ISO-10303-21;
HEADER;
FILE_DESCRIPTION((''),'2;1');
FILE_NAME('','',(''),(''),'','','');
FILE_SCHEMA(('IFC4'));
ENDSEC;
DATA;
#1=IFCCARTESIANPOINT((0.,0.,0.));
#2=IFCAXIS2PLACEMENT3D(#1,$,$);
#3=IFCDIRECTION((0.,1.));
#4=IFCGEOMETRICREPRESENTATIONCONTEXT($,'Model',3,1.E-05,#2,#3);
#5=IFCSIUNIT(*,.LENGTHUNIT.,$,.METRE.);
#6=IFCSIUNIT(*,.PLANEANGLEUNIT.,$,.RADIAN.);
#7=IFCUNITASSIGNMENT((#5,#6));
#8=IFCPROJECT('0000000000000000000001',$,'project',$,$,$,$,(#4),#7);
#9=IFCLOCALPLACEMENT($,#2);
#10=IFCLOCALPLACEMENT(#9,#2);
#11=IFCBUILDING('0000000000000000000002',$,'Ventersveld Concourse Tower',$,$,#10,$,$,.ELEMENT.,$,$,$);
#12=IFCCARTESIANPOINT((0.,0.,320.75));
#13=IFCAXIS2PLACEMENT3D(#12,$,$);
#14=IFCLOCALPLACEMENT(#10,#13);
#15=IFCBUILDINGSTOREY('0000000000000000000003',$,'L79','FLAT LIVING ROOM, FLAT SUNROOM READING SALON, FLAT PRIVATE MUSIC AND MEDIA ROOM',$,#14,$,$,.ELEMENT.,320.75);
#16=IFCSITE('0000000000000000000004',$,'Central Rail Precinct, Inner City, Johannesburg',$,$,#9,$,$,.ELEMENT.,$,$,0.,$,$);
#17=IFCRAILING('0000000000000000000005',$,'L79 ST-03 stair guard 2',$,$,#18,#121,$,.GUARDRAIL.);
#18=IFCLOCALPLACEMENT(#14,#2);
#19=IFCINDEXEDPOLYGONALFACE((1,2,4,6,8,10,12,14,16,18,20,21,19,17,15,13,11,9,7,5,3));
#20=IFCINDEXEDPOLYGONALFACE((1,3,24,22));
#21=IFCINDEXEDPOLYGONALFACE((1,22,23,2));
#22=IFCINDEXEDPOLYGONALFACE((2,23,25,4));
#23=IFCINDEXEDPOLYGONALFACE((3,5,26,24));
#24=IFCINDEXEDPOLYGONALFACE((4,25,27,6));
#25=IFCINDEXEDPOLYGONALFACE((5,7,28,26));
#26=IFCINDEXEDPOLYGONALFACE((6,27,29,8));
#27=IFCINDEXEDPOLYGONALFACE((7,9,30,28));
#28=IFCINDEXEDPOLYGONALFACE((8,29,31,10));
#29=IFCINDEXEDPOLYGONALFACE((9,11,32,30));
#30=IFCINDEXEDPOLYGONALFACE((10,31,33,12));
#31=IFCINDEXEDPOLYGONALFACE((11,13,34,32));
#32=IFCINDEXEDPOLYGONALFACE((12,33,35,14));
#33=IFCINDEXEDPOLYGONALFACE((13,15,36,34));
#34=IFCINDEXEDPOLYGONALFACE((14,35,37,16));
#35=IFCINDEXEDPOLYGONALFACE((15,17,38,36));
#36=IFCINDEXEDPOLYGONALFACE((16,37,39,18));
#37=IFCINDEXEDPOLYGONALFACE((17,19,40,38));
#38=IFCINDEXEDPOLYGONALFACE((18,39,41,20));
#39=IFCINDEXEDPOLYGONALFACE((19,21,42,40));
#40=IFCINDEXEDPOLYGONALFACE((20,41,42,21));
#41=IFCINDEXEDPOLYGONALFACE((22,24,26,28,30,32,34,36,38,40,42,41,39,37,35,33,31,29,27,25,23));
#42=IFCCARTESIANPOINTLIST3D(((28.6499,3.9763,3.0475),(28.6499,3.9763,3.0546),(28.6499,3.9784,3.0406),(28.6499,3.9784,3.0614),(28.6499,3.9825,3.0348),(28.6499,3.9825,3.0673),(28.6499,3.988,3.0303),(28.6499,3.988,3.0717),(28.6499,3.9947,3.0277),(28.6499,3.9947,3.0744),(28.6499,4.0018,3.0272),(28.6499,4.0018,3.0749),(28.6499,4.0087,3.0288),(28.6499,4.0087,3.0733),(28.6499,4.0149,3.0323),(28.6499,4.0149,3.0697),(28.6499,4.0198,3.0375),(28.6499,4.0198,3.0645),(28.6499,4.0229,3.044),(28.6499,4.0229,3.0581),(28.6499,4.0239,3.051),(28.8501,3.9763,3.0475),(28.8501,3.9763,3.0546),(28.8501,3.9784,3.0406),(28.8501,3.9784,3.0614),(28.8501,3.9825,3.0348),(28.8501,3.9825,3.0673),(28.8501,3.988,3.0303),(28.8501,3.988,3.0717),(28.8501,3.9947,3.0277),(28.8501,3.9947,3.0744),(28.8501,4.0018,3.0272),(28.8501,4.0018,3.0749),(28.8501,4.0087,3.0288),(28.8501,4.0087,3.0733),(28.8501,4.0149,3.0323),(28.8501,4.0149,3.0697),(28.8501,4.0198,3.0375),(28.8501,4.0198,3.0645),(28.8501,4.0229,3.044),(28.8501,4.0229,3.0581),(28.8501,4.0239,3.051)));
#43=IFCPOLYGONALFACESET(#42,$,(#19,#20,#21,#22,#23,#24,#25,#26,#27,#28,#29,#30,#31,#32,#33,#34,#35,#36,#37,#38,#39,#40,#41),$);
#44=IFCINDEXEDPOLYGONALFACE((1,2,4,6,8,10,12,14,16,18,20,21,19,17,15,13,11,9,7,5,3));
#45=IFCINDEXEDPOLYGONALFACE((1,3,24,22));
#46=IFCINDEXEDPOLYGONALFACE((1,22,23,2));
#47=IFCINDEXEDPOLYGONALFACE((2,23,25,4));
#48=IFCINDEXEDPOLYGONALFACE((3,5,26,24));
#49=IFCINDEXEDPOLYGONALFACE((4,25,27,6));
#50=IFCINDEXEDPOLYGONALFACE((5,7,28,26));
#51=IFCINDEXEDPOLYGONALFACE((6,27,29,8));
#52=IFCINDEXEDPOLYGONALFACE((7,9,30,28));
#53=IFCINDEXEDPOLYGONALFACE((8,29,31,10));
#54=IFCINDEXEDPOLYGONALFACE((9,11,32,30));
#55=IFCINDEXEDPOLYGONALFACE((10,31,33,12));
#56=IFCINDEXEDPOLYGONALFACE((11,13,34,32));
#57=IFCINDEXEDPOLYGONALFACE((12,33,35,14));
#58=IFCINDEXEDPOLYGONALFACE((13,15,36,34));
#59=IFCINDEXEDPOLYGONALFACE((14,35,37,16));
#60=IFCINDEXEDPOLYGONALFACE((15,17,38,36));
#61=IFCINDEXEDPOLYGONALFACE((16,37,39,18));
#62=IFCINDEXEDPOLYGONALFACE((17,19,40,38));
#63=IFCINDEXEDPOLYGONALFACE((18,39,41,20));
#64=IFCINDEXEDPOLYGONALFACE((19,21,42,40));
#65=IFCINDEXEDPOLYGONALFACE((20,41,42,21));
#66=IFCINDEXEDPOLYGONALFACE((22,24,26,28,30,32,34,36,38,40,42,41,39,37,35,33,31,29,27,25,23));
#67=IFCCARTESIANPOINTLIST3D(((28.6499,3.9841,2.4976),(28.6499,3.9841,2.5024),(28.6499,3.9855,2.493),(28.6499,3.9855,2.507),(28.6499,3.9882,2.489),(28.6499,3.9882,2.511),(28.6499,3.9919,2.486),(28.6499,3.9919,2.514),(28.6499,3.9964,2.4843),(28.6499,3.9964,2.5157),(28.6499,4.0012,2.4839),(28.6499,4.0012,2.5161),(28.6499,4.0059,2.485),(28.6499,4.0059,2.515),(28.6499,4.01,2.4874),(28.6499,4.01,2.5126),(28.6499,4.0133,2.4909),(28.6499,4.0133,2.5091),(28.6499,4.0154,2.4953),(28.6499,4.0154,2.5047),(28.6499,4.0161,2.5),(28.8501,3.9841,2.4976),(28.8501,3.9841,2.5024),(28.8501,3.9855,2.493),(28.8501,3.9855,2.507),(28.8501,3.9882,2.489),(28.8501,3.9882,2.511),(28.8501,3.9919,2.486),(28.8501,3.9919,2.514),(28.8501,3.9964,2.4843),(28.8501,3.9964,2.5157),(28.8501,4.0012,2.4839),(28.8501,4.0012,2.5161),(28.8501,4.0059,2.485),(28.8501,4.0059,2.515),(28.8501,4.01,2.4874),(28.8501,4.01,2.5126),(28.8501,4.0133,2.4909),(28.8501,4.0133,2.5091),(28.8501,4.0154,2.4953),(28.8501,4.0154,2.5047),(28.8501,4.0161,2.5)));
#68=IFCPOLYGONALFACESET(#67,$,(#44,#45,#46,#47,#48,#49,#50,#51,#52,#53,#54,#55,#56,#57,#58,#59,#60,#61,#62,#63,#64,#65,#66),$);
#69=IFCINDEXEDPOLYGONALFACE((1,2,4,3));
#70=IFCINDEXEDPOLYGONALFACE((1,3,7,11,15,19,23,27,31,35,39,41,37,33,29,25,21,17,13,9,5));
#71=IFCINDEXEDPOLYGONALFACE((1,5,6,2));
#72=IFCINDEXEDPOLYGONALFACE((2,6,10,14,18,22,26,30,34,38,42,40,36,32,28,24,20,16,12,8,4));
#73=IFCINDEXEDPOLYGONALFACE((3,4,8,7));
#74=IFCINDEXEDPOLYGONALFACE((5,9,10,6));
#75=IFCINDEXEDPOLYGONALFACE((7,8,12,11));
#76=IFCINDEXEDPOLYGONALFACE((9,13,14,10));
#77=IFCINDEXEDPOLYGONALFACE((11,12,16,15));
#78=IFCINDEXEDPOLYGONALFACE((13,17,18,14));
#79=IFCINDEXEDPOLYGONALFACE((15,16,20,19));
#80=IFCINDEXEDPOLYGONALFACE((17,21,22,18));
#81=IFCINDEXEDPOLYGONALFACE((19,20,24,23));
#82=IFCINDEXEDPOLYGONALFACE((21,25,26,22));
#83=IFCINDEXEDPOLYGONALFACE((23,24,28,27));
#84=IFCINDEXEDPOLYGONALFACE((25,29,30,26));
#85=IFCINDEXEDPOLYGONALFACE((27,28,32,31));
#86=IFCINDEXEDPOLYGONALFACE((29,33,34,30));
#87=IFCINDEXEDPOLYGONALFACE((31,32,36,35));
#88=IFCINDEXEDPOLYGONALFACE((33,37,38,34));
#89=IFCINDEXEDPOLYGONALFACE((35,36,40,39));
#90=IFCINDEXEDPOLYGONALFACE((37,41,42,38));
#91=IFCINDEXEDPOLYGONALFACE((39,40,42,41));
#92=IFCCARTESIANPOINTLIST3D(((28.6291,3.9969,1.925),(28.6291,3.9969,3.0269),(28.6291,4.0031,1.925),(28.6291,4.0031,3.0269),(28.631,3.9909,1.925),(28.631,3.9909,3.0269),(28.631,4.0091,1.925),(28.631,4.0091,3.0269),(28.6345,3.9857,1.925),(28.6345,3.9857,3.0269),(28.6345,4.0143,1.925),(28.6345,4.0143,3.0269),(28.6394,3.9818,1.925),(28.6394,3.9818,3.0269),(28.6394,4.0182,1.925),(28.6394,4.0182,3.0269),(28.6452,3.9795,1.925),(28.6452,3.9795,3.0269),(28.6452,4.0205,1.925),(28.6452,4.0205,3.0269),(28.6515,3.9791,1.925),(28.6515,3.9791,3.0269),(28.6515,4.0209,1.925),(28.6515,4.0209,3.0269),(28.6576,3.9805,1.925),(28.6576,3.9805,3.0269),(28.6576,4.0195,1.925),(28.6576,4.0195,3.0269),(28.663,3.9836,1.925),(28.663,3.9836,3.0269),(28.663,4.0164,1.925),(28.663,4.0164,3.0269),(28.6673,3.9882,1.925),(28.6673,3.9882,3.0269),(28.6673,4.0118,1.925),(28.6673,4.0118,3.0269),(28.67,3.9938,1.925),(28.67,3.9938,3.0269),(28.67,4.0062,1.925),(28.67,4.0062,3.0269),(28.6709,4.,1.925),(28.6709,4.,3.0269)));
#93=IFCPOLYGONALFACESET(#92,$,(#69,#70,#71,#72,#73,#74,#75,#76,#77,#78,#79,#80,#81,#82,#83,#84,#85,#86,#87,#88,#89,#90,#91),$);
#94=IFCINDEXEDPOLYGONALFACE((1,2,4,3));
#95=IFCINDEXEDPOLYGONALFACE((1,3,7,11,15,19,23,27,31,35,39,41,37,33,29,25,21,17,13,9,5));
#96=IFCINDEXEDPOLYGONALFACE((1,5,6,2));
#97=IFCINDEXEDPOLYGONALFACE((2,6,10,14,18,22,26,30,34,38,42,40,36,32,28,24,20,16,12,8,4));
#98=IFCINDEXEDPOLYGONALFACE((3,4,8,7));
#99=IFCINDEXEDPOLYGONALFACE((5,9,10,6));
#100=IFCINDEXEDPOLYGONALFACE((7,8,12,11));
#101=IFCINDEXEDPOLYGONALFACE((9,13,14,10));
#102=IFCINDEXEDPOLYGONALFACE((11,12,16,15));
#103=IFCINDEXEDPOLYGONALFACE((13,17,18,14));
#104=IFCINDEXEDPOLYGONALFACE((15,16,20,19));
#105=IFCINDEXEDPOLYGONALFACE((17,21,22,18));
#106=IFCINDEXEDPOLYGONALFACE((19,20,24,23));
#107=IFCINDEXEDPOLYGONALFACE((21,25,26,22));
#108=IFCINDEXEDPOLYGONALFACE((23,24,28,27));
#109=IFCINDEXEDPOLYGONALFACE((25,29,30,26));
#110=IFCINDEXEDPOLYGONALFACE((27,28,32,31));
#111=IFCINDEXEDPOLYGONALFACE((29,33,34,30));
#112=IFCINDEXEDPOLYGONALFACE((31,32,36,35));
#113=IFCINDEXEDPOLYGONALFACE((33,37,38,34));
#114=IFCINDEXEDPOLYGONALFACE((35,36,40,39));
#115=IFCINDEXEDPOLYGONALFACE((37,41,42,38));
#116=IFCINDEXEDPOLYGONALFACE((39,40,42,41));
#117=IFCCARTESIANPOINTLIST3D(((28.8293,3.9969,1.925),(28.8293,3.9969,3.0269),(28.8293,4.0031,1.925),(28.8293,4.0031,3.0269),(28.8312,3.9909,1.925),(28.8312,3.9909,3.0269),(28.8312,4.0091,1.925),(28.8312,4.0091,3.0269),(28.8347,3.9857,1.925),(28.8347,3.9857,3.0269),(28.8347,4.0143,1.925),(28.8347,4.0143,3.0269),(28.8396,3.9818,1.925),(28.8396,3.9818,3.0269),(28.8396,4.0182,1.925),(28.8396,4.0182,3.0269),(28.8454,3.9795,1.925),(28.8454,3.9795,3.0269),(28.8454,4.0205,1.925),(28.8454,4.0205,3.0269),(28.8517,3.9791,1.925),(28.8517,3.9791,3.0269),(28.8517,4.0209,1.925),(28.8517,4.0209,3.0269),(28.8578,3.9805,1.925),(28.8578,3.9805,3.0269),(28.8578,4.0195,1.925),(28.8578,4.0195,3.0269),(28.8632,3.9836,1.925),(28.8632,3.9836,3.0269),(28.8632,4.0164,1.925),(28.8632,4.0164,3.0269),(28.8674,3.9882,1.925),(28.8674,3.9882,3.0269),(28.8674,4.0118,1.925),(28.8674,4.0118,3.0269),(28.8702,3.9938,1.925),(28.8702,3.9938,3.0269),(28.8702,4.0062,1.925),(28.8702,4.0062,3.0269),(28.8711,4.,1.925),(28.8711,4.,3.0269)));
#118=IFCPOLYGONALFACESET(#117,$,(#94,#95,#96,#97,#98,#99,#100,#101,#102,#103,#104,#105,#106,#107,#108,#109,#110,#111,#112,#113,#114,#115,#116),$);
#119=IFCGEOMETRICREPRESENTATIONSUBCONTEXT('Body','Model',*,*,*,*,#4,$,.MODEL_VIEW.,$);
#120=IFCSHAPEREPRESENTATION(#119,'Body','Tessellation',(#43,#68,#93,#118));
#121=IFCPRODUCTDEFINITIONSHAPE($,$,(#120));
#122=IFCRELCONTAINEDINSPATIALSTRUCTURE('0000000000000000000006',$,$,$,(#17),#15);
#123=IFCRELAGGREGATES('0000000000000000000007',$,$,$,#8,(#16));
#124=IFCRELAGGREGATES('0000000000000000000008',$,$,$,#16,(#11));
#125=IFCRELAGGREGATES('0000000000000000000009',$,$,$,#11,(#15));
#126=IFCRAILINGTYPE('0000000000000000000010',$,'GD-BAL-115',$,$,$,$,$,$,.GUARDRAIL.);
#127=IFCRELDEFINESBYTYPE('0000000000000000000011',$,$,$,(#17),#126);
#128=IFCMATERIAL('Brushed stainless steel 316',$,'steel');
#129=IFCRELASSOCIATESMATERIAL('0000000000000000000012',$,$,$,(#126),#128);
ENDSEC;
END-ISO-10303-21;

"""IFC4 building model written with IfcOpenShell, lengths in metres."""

from ifc_helpers import new_model, si_unit, direction, frame, origin, origin_2d, place, context, subcontext, project, spatial, circle, extrude, material, type_object, element, save


model = new_model("IFC4")

# Units and contexts
model_context = context("Model", 3, precision=1e-05, world=origin(), true_north=direction((0.0, 1.0)))
body_context = subcontext(model_context, "Body", "Model", "MODEL_VIEW")
ifc_project = project(units=[si_unit("LENGTHUNIT", "METRE"), si_unit("PLANEANGLEUNIT", "RADIAN")], contexts=[model_context])

# Site, building, storey
site_placement = place(None, origin())
site = spatial("IfcSite", under=ifc_project, at=site_placement, Name="Central Rail Precinct, Inner City, Johannesburg", CompositionType="ELEMENT", RefElevation=0.0)
building_placement = place(site_placement, origin())
building = spatial("IfcBuilding", under=site, at=building_placement, Name="Ventersveld Concourse Tower", CompositionType="ELEMENT")
storey_placement = place(building_placement, frame((0.0, 0.0, 320.75)))
storey = spatial("IfcBuildingStorey", under=building, at=storey_placement, Name="L79", Description="FLAT LIVING ROOM, FLAT SUNROOM READING SALON, FLAT PRIVATE MUSIC AND MEDIA ROOM", CompositionType="ELEMENT", Elevation=320.75)

# Shared definitions
ifc_material_1 = material(Name="Brushed stainless steel 316", Category="steel")

# Railing
railing_type_1 = type_object("IfcRailingType", Name="GD-BAL-115", PredefinedType="GUARDRAIL", material=ifc_material_1)
railing_1_placement = place(storey_placement, frame((28.6499, 4.0, 1.925)))
element("IfcRailing", 1, at=railing_1_placement, inside=storey, type_object=railing_type_1, Name="L79 ST-03 stair guard 2", PredefinedType="GUARDRAIL", context=body_context, shape_type="SweptSolid", body=[
    extrude(circle(Radius=0.0239, at=origin_2d()), frame((0.0, 0.0, 1.126), z_axis=(1.0, 0.0, 0.0), x_axis=(0.0, 1.0, 0.0)), (0.0, 0.0, 1.0), 0.2002),
    extrude(circle(Radius=0.0161, at=origin_2d()), frame((0.0, 0.0, 0.575), z_axis=(1.0, 0.0, 0.0), x_axis=(0.0, 1.0, 0.0)), (0.0, 0.0, 1.0), 0.2002),
    extrude(circle(Radius=0.021, at=origin_2d()), origin(), (0.0, 0.0, 1.0), 1.1018),
    extrude(circle(Radius=0.021, at=origin_2d()), frame((0.2002, 0.0, 0.0)), (0.0, 0.0, 1.0), 1.1018),
])

save(model, "model.ifc")
